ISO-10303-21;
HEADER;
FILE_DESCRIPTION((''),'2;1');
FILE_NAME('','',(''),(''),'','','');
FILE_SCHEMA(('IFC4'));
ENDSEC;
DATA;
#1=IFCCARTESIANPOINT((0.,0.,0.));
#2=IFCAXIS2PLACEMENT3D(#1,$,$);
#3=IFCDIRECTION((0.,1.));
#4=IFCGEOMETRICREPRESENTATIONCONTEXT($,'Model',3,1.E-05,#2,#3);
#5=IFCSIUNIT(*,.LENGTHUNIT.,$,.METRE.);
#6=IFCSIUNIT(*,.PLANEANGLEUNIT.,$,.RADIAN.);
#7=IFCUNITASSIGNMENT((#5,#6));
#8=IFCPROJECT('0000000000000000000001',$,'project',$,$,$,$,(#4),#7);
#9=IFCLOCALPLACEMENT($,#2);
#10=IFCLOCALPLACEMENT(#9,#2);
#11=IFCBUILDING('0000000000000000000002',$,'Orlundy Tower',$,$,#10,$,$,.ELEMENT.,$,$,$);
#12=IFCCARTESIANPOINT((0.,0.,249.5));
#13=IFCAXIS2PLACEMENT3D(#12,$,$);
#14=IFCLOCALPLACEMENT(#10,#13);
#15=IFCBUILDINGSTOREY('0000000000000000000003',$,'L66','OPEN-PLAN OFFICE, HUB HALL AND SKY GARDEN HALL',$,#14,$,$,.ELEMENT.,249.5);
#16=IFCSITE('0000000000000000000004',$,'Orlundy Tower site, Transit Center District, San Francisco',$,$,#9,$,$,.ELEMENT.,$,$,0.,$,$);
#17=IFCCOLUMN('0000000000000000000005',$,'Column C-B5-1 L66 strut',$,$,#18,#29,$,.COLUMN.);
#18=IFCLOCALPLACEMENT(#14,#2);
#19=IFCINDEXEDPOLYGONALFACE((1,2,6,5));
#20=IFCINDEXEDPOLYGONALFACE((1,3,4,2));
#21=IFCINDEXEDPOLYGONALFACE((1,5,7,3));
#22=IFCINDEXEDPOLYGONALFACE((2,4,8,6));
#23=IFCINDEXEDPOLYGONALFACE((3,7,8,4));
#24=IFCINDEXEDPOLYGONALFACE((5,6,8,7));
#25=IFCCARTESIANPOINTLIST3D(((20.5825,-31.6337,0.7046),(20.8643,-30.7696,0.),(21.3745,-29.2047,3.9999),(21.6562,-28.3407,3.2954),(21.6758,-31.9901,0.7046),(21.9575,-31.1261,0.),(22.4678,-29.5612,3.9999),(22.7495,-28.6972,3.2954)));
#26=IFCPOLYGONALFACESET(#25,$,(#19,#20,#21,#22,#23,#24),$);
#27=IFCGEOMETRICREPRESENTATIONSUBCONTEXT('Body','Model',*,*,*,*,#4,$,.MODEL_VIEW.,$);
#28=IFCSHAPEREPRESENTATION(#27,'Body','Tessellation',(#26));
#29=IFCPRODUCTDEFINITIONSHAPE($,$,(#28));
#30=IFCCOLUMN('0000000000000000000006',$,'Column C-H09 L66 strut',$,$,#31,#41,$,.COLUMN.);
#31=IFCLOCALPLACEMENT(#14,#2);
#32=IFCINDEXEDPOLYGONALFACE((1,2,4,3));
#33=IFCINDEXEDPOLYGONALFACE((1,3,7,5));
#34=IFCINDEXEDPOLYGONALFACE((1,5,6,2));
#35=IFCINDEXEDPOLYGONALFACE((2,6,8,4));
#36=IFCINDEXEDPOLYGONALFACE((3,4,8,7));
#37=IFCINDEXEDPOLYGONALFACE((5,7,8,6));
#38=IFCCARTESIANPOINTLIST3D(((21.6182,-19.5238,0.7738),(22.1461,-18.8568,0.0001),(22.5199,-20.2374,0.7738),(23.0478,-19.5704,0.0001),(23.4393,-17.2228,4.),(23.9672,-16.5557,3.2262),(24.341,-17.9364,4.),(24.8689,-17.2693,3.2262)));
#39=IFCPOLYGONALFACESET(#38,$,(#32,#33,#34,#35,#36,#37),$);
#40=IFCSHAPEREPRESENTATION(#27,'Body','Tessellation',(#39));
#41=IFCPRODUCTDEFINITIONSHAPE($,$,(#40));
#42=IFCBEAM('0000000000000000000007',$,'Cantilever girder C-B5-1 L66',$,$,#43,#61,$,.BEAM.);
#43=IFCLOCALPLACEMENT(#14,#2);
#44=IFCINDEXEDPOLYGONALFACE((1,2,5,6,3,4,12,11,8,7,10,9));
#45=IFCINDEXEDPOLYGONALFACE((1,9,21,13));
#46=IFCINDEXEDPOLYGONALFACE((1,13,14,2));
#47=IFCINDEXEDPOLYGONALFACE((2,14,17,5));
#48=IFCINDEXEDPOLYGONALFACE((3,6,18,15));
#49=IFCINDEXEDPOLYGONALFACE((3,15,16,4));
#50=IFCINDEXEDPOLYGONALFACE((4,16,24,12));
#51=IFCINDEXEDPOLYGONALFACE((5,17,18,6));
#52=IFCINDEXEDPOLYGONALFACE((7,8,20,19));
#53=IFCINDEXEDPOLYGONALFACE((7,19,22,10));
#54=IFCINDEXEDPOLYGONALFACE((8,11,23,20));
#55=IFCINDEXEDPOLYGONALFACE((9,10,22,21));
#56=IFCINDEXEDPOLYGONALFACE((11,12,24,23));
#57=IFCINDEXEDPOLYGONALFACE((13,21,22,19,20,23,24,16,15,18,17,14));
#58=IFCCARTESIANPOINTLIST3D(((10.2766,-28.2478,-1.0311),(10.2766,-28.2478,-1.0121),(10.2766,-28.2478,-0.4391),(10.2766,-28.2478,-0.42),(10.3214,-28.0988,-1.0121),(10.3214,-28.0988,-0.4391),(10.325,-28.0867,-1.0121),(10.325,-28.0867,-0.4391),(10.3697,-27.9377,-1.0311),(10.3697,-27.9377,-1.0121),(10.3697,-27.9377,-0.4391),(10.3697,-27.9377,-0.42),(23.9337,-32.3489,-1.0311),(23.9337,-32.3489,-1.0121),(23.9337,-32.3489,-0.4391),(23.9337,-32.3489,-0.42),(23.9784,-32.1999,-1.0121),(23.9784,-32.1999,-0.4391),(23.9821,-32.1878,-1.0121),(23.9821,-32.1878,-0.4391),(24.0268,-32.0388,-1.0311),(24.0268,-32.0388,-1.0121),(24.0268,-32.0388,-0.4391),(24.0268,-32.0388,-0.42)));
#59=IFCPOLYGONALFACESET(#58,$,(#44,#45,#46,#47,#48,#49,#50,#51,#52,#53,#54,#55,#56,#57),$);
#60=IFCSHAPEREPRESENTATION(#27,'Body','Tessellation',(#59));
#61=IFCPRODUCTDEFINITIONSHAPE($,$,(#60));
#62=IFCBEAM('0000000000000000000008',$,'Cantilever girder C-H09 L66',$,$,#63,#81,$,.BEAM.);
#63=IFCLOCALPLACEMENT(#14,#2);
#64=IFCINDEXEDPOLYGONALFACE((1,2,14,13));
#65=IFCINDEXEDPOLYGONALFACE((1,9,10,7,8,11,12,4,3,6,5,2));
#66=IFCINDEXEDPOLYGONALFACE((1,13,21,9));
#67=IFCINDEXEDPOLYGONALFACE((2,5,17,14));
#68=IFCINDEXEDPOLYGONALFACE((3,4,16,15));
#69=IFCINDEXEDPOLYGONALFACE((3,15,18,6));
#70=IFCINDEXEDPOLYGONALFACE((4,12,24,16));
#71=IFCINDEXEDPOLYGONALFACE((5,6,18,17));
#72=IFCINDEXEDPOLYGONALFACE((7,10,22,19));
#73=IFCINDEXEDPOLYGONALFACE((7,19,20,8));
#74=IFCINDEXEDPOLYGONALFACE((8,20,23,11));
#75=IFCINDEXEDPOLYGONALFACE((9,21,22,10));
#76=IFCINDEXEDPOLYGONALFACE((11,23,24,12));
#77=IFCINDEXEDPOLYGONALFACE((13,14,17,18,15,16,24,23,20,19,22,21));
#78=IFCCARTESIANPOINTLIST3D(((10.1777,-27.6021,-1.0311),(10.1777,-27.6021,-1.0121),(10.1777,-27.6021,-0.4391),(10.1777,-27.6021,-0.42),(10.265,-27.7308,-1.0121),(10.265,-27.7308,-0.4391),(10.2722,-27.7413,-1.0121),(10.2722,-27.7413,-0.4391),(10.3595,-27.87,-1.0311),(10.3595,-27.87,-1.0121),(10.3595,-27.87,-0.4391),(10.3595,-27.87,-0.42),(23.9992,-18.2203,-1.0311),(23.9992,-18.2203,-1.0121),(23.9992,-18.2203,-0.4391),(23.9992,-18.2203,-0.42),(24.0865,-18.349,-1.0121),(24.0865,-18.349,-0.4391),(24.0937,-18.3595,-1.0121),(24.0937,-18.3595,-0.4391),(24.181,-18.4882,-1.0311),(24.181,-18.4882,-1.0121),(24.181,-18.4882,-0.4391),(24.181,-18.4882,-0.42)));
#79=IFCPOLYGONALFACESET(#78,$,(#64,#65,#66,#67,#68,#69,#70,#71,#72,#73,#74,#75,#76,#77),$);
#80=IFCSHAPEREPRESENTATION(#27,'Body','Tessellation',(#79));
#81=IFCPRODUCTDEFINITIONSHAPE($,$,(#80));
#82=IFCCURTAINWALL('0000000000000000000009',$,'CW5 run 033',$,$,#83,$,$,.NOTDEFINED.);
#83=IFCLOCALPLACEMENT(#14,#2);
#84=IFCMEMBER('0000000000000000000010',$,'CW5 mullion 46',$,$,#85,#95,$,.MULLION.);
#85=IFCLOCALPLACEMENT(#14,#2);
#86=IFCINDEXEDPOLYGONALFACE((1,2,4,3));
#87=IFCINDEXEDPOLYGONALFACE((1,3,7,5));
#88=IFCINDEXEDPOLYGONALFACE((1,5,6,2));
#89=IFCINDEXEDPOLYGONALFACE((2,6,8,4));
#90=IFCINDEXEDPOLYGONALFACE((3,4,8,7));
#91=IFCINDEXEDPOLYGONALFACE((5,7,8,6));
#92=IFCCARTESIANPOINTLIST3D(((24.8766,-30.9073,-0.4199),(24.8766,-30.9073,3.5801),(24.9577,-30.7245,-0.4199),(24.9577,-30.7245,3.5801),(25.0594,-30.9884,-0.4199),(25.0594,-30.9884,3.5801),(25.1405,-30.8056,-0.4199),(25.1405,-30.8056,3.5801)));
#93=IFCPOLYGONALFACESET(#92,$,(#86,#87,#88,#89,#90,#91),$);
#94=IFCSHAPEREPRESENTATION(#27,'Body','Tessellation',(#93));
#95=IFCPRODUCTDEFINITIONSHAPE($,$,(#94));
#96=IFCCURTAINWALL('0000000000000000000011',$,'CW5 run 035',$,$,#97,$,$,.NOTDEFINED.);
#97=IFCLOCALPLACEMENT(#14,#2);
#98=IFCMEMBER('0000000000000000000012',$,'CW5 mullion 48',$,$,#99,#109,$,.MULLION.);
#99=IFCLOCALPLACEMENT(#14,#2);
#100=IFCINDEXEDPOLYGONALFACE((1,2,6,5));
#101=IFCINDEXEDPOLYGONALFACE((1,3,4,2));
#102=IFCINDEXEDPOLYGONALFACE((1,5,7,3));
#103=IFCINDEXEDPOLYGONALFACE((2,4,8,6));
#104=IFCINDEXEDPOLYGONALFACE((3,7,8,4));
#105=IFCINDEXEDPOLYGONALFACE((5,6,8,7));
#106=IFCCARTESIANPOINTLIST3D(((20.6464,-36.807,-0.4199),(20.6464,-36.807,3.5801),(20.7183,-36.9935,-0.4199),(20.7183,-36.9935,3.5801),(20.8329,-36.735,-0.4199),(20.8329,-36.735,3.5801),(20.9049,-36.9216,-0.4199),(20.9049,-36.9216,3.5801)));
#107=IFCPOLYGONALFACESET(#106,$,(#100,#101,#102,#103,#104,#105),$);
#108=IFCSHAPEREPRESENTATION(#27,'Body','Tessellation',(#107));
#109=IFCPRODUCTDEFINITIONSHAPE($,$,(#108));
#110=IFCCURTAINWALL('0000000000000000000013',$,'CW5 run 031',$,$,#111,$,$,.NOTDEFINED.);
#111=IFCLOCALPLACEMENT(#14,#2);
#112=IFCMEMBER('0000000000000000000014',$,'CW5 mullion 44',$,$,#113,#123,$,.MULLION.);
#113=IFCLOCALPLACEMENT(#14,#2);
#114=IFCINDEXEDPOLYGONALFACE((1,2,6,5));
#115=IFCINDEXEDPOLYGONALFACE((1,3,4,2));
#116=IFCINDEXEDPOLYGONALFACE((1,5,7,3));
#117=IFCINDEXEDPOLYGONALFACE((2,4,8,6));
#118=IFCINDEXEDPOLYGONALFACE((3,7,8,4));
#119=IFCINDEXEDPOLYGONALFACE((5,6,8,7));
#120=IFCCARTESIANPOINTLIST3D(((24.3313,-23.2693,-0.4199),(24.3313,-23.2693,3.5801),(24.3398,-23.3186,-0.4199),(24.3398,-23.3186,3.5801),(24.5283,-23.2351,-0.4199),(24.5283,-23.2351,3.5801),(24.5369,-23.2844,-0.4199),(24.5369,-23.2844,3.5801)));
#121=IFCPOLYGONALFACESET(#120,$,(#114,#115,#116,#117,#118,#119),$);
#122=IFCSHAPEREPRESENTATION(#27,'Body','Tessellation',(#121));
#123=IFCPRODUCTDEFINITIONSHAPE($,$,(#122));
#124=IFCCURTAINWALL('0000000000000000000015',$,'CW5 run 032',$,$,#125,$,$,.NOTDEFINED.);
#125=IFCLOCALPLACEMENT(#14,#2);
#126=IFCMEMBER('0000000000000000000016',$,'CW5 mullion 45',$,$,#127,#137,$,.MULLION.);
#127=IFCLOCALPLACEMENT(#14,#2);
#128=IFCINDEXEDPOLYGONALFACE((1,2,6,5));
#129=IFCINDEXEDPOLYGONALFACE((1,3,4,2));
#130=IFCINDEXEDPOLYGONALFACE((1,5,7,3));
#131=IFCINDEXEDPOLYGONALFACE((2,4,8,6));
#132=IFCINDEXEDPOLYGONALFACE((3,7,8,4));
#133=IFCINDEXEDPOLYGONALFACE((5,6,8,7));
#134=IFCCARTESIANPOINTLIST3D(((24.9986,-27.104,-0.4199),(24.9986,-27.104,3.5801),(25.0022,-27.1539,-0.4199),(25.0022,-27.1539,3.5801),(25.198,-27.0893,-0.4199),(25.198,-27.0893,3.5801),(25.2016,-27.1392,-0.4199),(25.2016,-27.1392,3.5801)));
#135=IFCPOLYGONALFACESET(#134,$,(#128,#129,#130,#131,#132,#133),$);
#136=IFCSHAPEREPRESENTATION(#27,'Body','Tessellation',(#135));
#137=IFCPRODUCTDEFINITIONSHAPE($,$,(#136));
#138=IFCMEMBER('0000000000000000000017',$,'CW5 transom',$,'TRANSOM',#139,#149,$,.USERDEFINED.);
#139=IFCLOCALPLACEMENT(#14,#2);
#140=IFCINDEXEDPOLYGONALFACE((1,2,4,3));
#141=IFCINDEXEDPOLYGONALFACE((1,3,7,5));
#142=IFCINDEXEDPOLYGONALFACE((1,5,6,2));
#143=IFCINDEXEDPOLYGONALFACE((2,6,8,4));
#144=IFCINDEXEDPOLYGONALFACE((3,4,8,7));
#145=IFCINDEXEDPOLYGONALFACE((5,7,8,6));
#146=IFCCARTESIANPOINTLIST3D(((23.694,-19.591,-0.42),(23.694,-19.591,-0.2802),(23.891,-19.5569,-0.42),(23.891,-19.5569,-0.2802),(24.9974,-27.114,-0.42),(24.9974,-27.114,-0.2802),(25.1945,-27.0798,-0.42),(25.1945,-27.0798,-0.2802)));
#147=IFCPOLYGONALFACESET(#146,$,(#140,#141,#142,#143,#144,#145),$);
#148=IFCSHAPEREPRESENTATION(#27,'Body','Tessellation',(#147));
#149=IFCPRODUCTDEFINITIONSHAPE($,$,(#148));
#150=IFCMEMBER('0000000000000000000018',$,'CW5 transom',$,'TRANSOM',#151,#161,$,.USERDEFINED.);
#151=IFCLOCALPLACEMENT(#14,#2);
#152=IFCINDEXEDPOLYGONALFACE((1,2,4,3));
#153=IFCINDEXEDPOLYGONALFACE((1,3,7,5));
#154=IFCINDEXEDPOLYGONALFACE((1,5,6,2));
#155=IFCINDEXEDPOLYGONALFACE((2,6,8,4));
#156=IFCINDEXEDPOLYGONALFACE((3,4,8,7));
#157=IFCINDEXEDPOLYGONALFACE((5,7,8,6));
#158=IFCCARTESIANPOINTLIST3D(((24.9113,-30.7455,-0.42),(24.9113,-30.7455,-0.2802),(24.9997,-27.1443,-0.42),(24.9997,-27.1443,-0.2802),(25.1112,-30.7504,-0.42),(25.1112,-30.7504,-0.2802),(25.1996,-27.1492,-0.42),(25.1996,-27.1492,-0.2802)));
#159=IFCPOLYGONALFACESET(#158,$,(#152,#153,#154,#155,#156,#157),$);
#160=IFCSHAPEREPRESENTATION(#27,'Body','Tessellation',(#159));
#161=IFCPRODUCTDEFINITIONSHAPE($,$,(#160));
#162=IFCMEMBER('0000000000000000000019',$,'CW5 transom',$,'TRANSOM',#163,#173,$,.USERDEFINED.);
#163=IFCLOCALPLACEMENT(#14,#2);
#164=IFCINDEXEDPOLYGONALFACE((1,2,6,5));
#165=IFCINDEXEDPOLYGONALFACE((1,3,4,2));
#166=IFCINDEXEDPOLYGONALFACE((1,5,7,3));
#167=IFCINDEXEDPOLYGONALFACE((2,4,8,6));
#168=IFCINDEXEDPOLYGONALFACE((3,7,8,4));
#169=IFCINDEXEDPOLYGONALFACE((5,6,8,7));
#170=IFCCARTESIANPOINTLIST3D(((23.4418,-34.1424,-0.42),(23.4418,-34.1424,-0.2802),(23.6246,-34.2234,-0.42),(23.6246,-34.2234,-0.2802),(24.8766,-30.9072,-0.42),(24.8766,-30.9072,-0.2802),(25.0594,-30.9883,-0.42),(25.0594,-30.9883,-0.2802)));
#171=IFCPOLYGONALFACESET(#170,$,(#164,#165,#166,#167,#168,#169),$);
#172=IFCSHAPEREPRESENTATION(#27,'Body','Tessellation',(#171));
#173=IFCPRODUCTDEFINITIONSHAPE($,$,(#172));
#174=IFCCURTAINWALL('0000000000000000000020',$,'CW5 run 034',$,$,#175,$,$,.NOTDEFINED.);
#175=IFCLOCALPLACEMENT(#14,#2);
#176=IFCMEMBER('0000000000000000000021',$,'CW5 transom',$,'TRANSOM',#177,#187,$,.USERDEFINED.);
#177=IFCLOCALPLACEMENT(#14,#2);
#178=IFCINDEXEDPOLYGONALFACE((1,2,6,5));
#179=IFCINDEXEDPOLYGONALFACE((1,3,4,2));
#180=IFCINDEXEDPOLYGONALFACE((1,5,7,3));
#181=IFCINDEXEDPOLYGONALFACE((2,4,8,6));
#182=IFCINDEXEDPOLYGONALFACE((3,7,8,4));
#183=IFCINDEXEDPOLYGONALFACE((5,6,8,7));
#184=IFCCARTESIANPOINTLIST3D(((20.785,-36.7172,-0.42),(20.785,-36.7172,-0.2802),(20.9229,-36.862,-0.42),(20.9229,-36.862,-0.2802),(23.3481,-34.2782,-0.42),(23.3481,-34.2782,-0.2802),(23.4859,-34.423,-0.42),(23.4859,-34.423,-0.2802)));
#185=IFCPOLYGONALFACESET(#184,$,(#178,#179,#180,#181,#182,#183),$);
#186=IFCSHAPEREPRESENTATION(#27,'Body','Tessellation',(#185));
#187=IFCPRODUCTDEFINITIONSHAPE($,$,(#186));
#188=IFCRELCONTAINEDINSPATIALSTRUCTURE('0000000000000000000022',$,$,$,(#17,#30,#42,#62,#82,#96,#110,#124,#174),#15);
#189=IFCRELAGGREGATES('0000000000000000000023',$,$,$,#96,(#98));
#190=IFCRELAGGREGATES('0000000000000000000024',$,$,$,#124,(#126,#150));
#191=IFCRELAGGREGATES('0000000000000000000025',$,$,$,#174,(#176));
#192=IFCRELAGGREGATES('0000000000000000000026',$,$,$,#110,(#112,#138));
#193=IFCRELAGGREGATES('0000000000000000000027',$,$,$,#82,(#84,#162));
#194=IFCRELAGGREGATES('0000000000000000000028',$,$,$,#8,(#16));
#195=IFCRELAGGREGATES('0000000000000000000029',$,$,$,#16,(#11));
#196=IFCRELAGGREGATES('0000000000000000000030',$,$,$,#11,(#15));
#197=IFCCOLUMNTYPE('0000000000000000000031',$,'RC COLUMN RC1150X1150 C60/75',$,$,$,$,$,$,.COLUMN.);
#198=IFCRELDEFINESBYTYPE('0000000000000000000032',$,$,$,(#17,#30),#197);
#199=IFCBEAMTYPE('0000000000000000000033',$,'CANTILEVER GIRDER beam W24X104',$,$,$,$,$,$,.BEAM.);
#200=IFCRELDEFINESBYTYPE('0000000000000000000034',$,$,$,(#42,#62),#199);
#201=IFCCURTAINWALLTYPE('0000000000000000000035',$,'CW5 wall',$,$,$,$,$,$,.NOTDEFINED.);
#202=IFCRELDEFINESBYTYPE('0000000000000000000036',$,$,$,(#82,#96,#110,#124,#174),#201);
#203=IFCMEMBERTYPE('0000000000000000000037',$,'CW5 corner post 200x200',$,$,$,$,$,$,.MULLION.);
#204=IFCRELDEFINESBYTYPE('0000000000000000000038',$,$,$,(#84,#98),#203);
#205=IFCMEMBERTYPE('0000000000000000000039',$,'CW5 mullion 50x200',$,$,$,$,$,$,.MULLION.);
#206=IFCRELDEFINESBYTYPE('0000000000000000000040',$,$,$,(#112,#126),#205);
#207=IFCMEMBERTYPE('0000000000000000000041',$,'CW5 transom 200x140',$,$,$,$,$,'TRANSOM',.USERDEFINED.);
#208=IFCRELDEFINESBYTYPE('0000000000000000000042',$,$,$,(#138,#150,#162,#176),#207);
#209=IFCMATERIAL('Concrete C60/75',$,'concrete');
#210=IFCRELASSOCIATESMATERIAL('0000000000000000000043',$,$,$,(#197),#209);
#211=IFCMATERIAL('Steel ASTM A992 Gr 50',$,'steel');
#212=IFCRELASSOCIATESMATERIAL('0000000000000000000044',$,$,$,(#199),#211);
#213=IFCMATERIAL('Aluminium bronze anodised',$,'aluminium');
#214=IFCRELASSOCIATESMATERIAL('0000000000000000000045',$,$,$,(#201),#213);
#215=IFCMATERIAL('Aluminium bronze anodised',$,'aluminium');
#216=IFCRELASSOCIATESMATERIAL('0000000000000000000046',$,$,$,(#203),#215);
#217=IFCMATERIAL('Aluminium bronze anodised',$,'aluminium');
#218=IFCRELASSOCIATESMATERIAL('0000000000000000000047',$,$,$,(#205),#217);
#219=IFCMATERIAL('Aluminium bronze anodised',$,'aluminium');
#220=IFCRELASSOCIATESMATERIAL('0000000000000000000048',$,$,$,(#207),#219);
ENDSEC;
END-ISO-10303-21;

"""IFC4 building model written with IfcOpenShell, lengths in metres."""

from ifc_helpers import new_model, si_unit, direction, frame, origin, origin_2d, place, context, subcontext, project, spatial, rectangle, i_section, extrude, material, material_profile, profile_set, type_object, element, aggregate, save


model = new_model("IFC4")

# Units and contexts
model_context = context("Model", 3, precision=1e-05, world=origin(), true_north=direction((0.0, 1.0)))
body_context = subcontext(model_context, "Body", "Model", "MODEL_VIEW")
ifc_project = project(units=[si_unit("LENGTHUNIT", "METRE"), si_unit("PLANEANGLEUNIT", "RADIAN")], contexts=[model_context])

# Site, building, storey
site_placement = place(None, origin())
site = spatial("IfcSite", under=ifc_project, at=site_placement, Name="Orlundy Tower site, Transit Center District, San Francisco", CompositionType="ELEMENT", RefElevation=0.0)
building_placement = place(site_placement, origin())
building = spatial("IfcBuilding", under=site, at=building_placement, Name="Orlundy Tower", CompositionType="ELEMENT")
storey_placement = place(building_placement, frame((0.0, 0.0, 249.5)))
storey = spatial("IfcBuildingStorey", under=building, at=storey_placement, Name="L66", Description="OPEN-PLAN OFFICE, HUB HALL AND SKY GARDEN HALL", CompositionType="ELEMENT", Elevation=249.5)

# Columns
ifc_material_1 = material(Name="Concrete C60/75", Category="concrete")
ifc_material_profile_1 = material_profile(ifc_material_1, rectangle(XDim=1.1499, YDim=1.1499, at=origin_2d()), Name="RC1150X1150")
ifc_profile_set_1 = profile_set([ifc_material_profile_1], Name="Concrete C60/75")
column_type = type_object("IfcColumnType", Name="RC COLUMN RC1150X1150 C60/75", PredefinedType="COLUMN", material=ifc_profile_set_1)
column_1_placement = place(storey_placement, frame((21.27, -31.3799, 0.3523), z_axis=(0.189938, 0.582518, 0.790314), x_axis=(-0.950737, 0.31, 0.0)))
element("IfcColumn", 1, at=column_1_placement, inside=storey, type_object=column_type, Name="Column C-B5-1 L66 strut", PredefinedType="COLUMN", context=body_context, shape_type="SweptSolid", body=[
    extrude(rectangle(XDim=1.1499, YDim=1.1499, at=origin_2d()), origin(), (0.0, 0.0, 1.0), 4.1697),
])
column_2_placement = place(storey_placement, frame((22.333, -19.5471, 0.387), z_axis=(0.417573, 0.527635, 0.739753), x_axis=(-0.784145, 0.620577, 0.0)))
element("IfcColumn", 2, at=column_2_placement, inside=storey, type_object=column_type, Name="Column C-H09 L66 strut", PredefinedType="COLUMN", context=body_context, shape_type="SweptSolid", body=[
    extrude(rectangle(XDim=1.1499, YDim=1.1499, at=origin_2d()), origin(), (0.0, 0.0, 1.0), 4.3611),
])

# Beams
ifc_material_2 = material(Name="Steel ASTM A992 Gr 50", Category="steel")
ifc_material_profile_2 = material_profile(ifc_material_2, i_section(OverallWidth=0.3237, OverallDepth=0.6111, WebThickness=0.0127, FlangeThickness=0.019, at=origin_2d()), Name="W24X104")
ifc_profile_set_2 = profile_set([ifc_material_profile_2], Name="Steel ASTM A992 Gr 50")
beam_type = type_object("IfcBeamType", Name="CANTILEVER GIRDER beam W24X104", PredefinedType="BEAM", material=ifc_profile_set_2)
beam_1_placement = place(storey_placement, frame((23.9802, -32.1938, -0.7256), z_axis=(-0.957749, 0.287604, 0.0), x_axis=(-0.287604, -0.957749, 0.0)))
element("IfcBeam", 3, at=beam_1_placement, inside=storey, type_object=beam_type, Name="Cantilever girder C-B5-1 L66", PredefinedType="BEAM", context=body_context, shape_type="SweptSolid", body=[
    extrude(i_section(OverallWidth=0.3237, OverallDepth=0.6111, WebThickness=0.0127, FlangeThickness=0.019, at=origin_2d()), origin(), (0.0, 0.0, 1.0), 14.2595),
])
beam_2_placement = place(storey_placement, frame((24.0901, -18.3542, -0.7256), z_axis=(-0.827394, -0.561622, 0.0), x_axis=(0.561622, -0.827394, 0.0)))
element("IfcBeam", 4, at=beam_2_placement, inside=storey, type_object=beam_type, Name="Cantilever girder C-H09 L66", PredefinedType="BEAM", context=body_context, shape_type="SweptSolid", body=[
    extrude(i_section(OverallWidth=0.3237, OverallDepth=0.6111, WebThickness=0.0127, FlangeThickness=0.019, at=origin_2d()), origin(), (0.0, 0.0, 1.0), 16.7048),
])

# Curtain walls, members
ifc_material_3 = material(Name="Aluminium bronze anodised", Category="aluminium")
curtain_wall_type = type_object("IfcCurtainWallType", Name="CW5 wall", PredefinedType="NOTDEFINED", material=ifc_material_3)
curtain_wall_1_placement = place(storey_placement, origin())
curtain_wall_1 = element("IfcCurtainWall", 5, at=curtain_wall_1_placement, inside=storey, type_object=curtain_wall_type, Name="CW5 run 033", PredefinedType="NOTDEFINED")
ifc_material_4 = material(Name="Aluminium bronze anodised", Category="aluminium")
ifc_material_profile_3 = material_profile(ifc_material_4, rectangle(XDim=0.2, YDim=0.2, at=origin_2d()), Name="CW5 corner post 200x200")
ifc_profile_set_3 = profile_set([ifc_material_profile_3], Name="Aluminium bronze anodised")
member_type_1 = type_object("IfcMemberType", Name="CW5 corner post 200x200", PredefinedType="MULLION", material=ifc_profile_set_3)
member_1_placement = place(storey_placement, frame((25.0085, -30.8564, -0.4199), z_axis=(0.0, 0.0, 1.0), x_axis=(0.914134, -0.405413, 0.0)))
member_1 = element("IfcMember", 6, at=member_1_placement, type_object=member_type_1, Name="CW5 mullion 46", PredefinedType="MULLION", context=body_context, shape_type="SweptSolid", body=[
    extrude(rectangle(XDim=0.2, YDim=0.2, at=origin_2d()), origin(), (0.0, 0.0, 1.0), 4.0),
])
curtain_wall_2_placement = place(storey_placement, origin())
curtain_wall_2 = element("IfcCurtainWall", 7, at=curtain_wall_2_placement, inside=storey, type_object=curtain_wall_type, Name="CW5 run 035", PredefinedType="NOTDEFINED")
member_2_placement = place(storey_placement, frame((20.7756, -36.8643, -0.4199), z_axis=(0.0, 0.0, 1.0), x_axis=(0.359828, -0.933018, 0.0)))
member_2 = element("IfcMember", 8, at=member_2_placement, type_object=member_type_1, Name="CW5 mullion 48", PredefinedType="MULLION", context=body_context, shape_type="SweptSolid", body=[
    extrude(rectangle(XDim=0.2, YDim=0.2, at=origin_2d()), origin(), (0.0, 0.0, 1.0), 4.0),
])
aggregate(curtain_wall_2, [member_2])
curtain_wall_3_placement = place(storey_placement, origin())
curtain_wall_3 = element("IfcCurtainWall", 9, at=curtain_wall_3_placement, inside=storey, type_object=curtain_wall_type, Name="CW5 run 031", PredefinedType="NOTDEFINED")
ifc_material_5 = material(Name="Aluminium bronze anodised", Category="aluminium")
ifc_material_profile_4 = material_profile(ifc_material_5, rectangle(XDim=0.2, YDim=0.05, at=origin_2d()), Name="CW5 mullion 50x200")
ifc_profile_set_4 = profile_set([ifc_material_profile_4], Name="Aluminium bronze anodised")
member_type_2 = type_object("IfcMemberType", Name="CW5 mullion 50x200", PredefinedType="MULLION", material=ifc_profile_set_4)
member_3_placement = place(storey_placement, frame((24.4341, -23.2769, -0.4199), z_axis=(0.0, 0.0, 1.0), x_axis=(0.985318, 0.170729, 0.0)))
member_3 = element("IfcMember", 10, at=member_3_placement, type_object=member_type_2, Name="CW5 mullion 44", PredefinedType="MULLION", context=body_context, shape_type="SweptSolid", body=[
    extrude(rectangle(XDim=0.2, YDim=0.05, at=origin_2d()), origin(), (0.0, 0.0, 1.0), 4.0),
])
curtain_wall_4_placement = place(storey_placement, origin())
curtain_wall_4 = element("IfcCurtainWall", 11, at=curtain_wall_4_placement, inside=storey, type_object=curtain_wall_type, Name="CW5 run 032", PredefinedType="NOTDEFINED")
member_4_placement = place(storey_placement, frame((25.1001, -27.1216, -0.4199), z_axis=(0.0, 0.0, 1.0), x_axis=(0.9973, 0.07344, 0.0)))
member_4 = element("IfcMember", 12, at=member_4_placement, type_object=member_type_2, Name="CW5 mullion 45", PredefinedType="MULLION", context=body_context, shape_type="SweptSolid", body=[
    extrude(rectangle(XDim=0.2, YDim=0.05, at=origin_2d()), origin(), (0.0, 0.0, 1.0), 4.0),
])

# Members
ifc_material_6 = material(Name="Aluminium bronze anodised", Category="aluminium")
ifc_material_profile_5 = material_profile(ifc_material_6, rectangle(XDim=0.2, YDim=0.1399, at=origin_2d()), Name="CW5 transom 200x140")
ifc_profile_set_5 = profile_set([ifc_material_profile_5], Name="Aluminium bronze anodised")
member_type_3 = type_object("IfcMemberType", Name="CW5 transom 200x140", ElementType="TRANSOM", PredefinedType="USERDEFINED", material=ifc_profile_set_5)
member_5_placement = place(storey_placement, frame((23.7925, -19.574, -0.3501), z_axis=(0.170722, -0.985319, 0.0), x_axis=(0.985319, 0.170722, 0.0)))
member_5 = element("IfcMember", 13, at=member_5_placement, type_object=member_type_3, Name="CW5 transom", ObjectType="TRANSOM", PredefinedType="USERDEFINED", context=body_context, shape_type="SweptSolid", body=[
    extrude(rectangle(XDim=0.2, YDim=0.1399, at=origin_2d()), origin(), (0.0, 0.0, 1.0), 7.635),
])
member_6_placement = place(storey_placement, frame((25.0996, -27.1467, -0.3501), z_axis=(-0.024533, -0.999699, 0.0), x_axis=(0.999699, -0.024533, 0.0)))
member_6 = element("IfcMember", 14, at=member_6_placement, type_object=member_type_3, Name="CW5 transom", ObjectType="TRANSOM", PredefinedType="USERDEFINED", context=body_context, shape_type="SweptSolid", body=[
    extrude(rectangle(XDim=0.2, YDim=0.1399, at=origin_2d()), origin(), (0.0, 0.0, 1.0), 3.6023),
])
member_7_placement = place(storey_placement, frame((24.968, -30.9478, -0.3501), z_axis=(-0.405428, -0.914127, 0.0), x_axis=(0.914127, -0.405428, 0.0)))
member_7 = element("IfcMember", 15, at=member_7_placement, type_object=member_type_3, Name="CW5 transom", ObjectType="TRANSOM", PredefinedType="USERDEFINED", context=body_context, shape_type="SweptSolid", body=[
    extrude(rectangle(XDim=0.2, YDim=0.1399, at=origin_2d()), origin(), (0.0, 0.0, 1.0), 3.5391),
])

# Curtain wall, member
curtain_wall_5_placement = place(storey_placement, origin())
curtain_wall_5 = element("IfcCurtainWall", 16, at=curtain_wall_5_placement, inside=storey, type_object=curtain_wall_type, Name="CW5 run 034", PredefinedType="NOTDEFINED")
member_8_placement = place(storey_placement, frame((23.417, -34.3506, -0.3501), z_axis=(-0.724417, -0.689362, 0.0), x_axis=(0.689362, -0.724417, 0.0)))
member_8 = element("IfcMember", 17, at=member_8_placement, type_object=member_type_3, Name="CW5 transom", ObjectType="TRANSOM", PredefinedType="USERDEFINED", context=body_context, shape_type="SweptSolid", body=[
    extrude(rectangle(XDim=0.2, YDim=0.1399, at=origin_2d()), origin(), (0.0, 0.0, 1.0), 3.5381),
])

aggregate(curtain_wall_4, [member_4, member_6])
aggregate(curtain_wall_5, [member_8])
aggregate(curtain_wall_3, [member_3, member_5])
aggregate(curtain_wall_1, [member_1, member_7])

save(model, "model.ifc")
